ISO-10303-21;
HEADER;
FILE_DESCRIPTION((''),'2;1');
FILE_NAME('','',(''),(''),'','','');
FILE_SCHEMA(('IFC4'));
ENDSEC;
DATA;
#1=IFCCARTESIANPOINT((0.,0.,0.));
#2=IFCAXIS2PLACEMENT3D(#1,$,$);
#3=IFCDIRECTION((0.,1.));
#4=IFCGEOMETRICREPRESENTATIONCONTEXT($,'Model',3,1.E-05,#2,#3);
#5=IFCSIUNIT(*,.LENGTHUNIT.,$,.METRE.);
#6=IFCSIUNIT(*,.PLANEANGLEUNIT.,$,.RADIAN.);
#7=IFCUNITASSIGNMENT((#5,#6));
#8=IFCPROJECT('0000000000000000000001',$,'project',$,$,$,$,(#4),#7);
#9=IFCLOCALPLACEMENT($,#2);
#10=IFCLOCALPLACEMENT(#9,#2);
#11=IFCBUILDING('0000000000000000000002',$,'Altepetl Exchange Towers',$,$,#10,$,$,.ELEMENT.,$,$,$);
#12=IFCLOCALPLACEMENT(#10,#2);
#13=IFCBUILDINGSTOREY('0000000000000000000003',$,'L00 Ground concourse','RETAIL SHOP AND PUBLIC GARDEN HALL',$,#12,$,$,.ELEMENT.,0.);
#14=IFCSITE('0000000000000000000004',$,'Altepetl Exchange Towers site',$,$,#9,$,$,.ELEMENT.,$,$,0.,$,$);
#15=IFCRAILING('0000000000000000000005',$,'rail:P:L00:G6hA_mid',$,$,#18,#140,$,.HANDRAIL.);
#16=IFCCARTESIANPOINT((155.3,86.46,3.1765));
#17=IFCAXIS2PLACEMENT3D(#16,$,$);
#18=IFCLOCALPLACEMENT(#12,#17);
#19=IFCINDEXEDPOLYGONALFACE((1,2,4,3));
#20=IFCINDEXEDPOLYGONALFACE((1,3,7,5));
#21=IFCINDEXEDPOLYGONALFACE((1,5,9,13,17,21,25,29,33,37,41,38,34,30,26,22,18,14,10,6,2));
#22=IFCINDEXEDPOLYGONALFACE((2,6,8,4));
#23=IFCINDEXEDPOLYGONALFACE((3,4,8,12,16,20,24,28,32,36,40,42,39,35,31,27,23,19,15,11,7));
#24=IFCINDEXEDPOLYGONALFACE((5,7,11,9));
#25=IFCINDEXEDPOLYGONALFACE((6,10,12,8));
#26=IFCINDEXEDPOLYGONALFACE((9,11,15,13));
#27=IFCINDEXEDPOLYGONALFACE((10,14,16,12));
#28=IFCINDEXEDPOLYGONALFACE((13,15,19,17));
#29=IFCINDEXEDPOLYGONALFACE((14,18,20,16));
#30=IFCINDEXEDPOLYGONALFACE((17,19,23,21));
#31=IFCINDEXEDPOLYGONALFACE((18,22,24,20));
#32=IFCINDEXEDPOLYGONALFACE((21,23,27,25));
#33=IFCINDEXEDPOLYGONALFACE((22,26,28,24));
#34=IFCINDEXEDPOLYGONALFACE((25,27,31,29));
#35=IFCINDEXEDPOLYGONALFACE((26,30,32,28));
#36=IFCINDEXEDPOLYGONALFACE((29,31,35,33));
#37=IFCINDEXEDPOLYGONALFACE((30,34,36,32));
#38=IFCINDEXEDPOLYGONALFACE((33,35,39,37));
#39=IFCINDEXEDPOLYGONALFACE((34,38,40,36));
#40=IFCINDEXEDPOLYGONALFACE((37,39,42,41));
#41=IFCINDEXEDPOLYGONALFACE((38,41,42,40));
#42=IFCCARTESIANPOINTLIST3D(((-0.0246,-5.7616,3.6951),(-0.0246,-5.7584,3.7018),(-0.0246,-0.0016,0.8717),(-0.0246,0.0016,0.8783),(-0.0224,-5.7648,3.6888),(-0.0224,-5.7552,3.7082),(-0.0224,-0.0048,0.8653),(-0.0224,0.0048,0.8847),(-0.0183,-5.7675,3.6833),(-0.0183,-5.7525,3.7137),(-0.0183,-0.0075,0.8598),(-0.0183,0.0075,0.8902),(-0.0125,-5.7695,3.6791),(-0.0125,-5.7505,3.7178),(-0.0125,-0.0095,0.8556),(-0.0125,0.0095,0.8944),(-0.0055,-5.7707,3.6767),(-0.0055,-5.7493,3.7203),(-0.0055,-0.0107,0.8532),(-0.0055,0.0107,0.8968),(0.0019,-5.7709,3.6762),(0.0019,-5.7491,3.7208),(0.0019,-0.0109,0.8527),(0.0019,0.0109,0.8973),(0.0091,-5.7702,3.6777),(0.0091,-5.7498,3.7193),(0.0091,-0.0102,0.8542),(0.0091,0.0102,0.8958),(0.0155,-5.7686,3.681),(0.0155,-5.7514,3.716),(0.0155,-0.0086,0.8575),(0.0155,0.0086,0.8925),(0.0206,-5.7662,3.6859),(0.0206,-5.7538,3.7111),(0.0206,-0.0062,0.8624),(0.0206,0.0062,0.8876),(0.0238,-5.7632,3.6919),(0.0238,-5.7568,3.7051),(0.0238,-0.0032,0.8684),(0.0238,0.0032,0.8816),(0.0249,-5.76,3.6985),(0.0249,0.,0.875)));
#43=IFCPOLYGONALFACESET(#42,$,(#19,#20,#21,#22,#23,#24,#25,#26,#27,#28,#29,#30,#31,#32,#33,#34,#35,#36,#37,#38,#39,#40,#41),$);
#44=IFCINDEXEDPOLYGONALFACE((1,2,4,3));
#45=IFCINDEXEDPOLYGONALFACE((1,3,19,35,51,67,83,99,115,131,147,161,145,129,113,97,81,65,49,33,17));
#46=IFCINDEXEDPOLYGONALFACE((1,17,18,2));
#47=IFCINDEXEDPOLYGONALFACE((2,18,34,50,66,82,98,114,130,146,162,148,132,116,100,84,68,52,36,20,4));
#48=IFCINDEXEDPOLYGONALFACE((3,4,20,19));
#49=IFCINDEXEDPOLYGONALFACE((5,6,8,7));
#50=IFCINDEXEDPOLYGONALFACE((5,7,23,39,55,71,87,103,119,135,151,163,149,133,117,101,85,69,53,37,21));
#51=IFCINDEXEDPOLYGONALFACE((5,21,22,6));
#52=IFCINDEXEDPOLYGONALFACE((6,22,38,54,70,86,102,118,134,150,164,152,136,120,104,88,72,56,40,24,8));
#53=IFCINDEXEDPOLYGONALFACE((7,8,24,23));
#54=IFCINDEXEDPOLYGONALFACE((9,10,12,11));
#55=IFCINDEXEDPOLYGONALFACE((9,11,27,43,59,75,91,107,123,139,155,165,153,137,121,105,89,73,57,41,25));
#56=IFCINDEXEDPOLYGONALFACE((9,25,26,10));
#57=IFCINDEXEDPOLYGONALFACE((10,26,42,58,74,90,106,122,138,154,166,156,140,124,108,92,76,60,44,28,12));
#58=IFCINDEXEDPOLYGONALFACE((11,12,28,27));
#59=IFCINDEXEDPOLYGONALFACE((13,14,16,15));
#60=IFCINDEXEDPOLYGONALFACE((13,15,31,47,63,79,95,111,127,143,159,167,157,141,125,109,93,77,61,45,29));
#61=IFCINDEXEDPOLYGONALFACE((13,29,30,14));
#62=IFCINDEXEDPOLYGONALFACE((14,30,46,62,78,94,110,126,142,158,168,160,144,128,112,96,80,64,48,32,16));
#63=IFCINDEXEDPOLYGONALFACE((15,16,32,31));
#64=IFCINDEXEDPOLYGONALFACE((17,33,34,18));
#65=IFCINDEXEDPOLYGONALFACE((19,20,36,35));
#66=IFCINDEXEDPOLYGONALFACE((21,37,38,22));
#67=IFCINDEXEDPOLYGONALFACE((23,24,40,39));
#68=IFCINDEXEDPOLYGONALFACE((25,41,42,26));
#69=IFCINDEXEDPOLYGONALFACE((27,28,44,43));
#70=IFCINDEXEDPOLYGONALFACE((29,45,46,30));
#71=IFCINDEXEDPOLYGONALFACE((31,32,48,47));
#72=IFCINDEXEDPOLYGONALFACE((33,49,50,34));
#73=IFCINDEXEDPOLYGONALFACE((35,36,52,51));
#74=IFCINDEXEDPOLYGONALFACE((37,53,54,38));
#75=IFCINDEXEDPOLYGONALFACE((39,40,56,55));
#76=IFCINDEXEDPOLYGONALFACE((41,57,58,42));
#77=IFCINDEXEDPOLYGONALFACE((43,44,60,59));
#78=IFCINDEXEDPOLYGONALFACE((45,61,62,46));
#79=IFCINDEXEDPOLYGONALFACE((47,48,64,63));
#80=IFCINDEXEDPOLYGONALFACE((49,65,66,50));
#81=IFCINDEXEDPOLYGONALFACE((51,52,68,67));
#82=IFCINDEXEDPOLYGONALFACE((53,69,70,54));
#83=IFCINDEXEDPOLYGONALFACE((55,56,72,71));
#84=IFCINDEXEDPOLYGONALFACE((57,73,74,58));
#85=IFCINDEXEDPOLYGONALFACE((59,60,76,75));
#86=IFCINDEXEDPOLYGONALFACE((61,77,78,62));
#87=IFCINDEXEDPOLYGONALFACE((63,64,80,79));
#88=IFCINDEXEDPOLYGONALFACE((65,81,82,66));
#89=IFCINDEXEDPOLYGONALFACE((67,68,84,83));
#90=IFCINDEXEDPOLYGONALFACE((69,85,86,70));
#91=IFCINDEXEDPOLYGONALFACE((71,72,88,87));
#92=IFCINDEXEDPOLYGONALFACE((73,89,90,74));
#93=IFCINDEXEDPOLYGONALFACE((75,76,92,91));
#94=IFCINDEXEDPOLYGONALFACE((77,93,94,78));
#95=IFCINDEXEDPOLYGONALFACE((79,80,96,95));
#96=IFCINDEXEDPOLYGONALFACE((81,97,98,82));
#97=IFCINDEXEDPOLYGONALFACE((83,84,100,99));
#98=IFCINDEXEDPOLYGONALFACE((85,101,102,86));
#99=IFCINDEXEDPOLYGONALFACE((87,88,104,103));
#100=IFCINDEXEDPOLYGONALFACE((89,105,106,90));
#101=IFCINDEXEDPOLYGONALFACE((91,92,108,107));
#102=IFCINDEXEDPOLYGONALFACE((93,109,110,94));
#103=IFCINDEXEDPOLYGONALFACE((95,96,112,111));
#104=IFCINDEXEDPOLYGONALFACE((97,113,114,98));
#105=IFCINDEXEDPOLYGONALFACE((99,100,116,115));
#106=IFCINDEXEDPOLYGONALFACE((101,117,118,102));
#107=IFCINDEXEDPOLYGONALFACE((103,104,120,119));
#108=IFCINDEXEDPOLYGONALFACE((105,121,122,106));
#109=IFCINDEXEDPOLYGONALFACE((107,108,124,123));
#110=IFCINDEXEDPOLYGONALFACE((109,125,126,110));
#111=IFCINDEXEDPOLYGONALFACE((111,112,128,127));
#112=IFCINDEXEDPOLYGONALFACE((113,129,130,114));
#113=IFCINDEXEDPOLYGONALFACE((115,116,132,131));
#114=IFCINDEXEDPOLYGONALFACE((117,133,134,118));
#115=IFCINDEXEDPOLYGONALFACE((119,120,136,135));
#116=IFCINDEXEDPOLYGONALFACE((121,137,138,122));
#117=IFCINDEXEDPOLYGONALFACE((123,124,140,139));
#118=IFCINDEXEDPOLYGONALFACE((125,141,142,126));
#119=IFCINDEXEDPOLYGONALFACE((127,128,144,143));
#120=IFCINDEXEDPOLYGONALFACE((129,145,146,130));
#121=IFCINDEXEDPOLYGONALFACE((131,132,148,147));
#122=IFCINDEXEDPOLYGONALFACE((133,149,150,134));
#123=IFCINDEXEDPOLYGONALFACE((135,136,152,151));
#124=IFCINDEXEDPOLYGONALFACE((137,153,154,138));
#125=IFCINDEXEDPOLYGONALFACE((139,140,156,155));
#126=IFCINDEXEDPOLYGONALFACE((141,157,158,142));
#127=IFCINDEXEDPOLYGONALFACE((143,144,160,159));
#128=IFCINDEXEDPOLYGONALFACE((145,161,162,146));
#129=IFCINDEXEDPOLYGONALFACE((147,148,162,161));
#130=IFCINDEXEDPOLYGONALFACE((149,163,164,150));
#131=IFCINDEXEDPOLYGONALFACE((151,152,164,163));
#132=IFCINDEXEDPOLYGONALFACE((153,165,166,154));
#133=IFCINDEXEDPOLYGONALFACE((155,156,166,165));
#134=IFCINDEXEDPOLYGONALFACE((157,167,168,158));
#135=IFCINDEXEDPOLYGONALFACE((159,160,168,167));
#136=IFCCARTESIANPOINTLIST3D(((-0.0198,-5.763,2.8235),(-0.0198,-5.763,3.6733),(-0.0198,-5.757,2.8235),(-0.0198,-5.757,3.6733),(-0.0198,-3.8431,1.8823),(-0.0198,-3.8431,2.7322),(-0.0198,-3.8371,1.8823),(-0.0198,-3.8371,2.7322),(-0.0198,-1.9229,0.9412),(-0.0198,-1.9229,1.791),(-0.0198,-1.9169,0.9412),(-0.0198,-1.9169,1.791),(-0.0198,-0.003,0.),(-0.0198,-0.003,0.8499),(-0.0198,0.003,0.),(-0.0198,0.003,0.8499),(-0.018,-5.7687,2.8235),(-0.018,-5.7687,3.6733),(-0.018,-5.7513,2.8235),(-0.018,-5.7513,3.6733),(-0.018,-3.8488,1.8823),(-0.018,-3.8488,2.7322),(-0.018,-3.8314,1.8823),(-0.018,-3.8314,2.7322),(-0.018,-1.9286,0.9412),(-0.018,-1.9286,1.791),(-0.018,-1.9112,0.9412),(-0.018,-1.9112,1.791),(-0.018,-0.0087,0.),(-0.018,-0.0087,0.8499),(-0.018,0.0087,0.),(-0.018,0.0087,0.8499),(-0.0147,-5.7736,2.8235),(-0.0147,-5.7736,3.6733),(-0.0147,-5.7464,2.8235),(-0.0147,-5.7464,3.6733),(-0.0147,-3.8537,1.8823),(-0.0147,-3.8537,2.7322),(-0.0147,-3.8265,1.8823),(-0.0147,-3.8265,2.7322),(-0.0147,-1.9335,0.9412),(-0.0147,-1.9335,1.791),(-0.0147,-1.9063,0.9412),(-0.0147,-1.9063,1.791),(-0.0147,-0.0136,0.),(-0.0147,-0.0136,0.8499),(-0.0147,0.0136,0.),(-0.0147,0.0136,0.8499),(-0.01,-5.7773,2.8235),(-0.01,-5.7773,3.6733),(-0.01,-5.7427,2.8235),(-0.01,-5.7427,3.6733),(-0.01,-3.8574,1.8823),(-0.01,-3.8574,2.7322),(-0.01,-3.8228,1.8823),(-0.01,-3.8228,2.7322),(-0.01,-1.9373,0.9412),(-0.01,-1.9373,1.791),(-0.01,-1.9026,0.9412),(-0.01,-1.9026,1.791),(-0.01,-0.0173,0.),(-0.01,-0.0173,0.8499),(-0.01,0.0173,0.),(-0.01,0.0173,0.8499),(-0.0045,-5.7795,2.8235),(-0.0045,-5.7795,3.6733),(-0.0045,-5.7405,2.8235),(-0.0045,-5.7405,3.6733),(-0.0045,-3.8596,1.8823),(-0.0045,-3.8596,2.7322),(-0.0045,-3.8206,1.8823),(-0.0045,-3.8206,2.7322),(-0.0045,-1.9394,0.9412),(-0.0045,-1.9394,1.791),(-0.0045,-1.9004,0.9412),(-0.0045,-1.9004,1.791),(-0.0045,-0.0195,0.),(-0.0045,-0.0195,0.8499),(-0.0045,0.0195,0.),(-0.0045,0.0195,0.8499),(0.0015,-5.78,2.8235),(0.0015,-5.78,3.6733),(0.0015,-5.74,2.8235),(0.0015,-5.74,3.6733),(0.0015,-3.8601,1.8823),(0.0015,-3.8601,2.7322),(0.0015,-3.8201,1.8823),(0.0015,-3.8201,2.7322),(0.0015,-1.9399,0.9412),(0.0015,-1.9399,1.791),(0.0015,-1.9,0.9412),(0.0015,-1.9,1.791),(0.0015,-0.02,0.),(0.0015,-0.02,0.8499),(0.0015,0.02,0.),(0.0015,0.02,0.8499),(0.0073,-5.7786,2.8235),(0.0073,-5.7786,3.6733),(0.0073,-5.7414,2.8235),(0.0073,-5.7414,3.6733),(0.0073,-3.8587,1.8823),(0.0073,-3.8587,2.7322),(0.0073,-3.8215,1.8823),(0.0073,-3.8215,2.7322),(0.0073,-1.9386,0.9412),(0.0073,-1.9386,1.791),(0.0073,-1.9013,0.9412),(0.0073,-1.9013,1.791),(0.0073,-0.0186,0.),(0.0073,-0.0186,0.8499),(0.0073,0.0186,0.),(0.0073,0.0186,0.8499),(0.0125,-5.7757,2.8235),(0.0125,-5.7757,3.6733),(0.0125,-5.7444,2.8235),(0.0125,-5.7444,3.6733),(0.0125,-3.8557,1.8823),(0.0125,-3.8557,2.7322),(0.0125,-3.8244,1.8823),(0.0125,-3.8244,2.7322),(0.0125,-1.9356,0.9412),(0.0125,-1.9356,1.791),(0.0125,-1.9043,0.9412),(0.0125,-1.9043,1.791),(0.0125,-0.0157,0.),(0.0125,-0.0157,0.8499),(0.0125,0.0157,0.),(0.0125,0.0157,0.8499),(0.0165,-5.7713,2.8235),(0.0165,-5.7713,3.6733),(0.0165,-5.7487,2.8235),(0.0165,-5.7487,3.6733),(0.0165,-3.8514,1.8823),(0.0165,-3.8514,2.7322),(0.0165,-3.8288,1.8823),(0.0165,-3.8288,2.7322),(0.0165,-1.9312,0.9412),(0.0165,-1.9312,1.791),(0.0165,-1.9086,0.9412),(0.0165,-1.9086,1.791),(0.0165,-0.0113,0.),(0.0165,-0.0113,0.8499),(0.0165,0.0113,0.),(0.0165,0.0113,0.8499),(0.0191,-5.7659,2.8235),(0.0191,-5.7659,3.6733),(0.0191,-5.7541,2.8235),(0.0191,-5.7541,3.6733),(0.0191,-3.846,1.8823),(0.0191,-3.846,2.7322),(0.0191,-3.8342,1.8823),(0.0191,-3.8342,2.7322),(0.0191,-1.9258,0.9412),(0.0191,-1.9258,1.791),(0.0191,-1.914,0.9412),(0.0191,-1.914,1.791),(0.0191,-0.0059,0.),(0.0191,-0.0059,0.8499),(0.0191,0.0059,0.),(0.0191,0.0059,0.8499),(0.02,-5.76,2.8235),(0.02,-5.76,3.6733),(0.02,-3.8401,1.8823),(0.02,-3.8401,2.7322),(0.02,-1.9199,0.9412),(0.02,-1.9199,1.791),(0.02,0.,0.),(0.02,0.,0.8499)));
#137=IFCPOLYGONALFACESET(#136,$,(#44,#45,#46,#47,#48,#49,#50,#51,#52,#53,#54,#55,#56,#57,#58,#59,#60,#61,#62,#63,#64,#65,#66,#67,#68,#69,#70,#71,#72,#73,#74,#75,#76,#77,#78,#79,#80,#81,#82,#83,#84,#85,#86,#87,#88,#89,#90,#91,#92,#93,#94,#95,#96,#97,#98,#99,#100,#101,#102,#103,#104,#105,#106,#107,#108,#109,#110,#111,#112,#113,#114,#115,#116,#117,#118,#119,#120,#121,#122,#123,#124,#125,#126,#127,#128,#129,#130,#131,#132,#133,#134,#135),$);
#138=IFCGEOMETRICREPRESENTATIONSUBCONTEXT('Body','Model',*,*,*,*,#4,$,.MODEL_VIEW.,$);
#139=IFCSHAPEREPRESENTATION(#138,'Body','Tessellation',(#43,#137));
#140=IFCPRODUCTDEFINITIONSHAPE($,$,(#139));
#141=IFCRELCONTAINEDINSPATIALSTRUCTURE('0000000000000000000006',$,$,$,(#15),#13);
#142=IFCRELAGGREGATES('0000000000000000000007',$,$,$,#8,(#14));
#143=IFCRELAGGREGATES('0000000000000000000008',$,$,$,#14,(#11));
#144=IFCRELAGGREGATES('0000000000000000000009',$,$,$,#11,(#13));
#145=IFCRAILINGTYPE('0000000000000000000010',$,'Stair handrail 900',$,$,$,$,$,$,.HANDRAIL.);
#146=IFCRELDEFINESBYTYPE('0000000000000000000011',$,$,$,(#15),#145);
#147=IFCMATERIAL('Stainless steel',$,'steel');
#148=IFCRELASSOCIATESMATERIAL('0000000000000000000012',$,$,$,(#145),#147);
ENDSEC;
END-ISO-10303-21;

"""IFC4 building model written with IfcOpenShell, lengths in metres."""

from ifc_helpers import new_model, si_unit, direction, frame, origin, origin_2d, place, context, subcontext, project, spatial, circle, extrude, source, transform, mapped, material, type_object, element, save


model = new_model("IFC4")

# Units and contexts
model_context = context("Model", 3, precision=1e-05, world=origin(), true_north=direction((0.0, 1.0)))
body_context = subcontext(model_context, "Body", "Model", "MODEL_VIEW")
ifc_project = project(units=[si_unit("LENGTHUNIT", "METRE"), si_unit("PLANEANGLEUNIT", "RADIAN")], contexts=[model_context])

# Site, building, storey
site_placement = place(None, origin())
site = spatial("IfcSite", under=ifc_project, at=site_placement, Name="Altepetl Exchange Towers site", CompositionType="ELEMENT", RefElevation=0.0)
building_placement = place(site_placement, origin())
building = spatial("IfcBuilding", under=site, at=building_placement, Name="Altepetl Exchange Towers", CompositionType="ELEMENT")
storey_placement = place(building_placement, origin())
storey = spatial("IfcBuildingStorey", under=building, at=storey_placement, Name="L00 Ground concourse", Description="RETAIL SHOP AND PUBLIC GARDEN HALL", CompositionType="ELEMENT", Elevation=0.0)

# Railing
ifc_material_1 = material(Name="Stainless steel", Category="steel")
railing_type_1 = type_object("IfcRailingType", Name="Stair handrail 900", PredefinedType="HANDRAIL", material=ifc_material_1)
shared_shape_1 = source(origin(), body_context, "Body", "SweptSolid", [
    extrude(circle(Radius=0.02, at=origin_2d()), origin(), (0.0, 0.0, 1.0), 0.8499),
])
for number, where, name in (
    (1, (155.3, 86.46, 3.1765), "rail:P:L00:G6hA_mid"),
):
    element("IfcRailing", number, at=place(storey_placement, frame(where)), inside=storey, type_object=railing_type_1, Name=name, PredefinedType="HANDRAIL", context=body_context, shape_type="SweptSolid", body=[
        extrude(circle(Radius=0.0249, at=origin_2d()), frame((0.0, 0.0, 0.875), z_axis=(0.0, -0.897924, 0.440151), x_axis=(1.0, 0.0, 0.0)), (0.0, 0.0, 1.0), 6.4148),
        mapped(shared_shape_1, transform((0.0, 0.0, 0.0))),
        mapped(shared_shape_1, transform((0.0, -1.9199, 0.9412))),
        mapped(shared_shape_1, transform((0.0, -3.8401, 1.8823))),
        mapped(shared_shape_1, transform((0.0, -5.76, 2.8235))),
    ])

save(model, "model.ifc")
